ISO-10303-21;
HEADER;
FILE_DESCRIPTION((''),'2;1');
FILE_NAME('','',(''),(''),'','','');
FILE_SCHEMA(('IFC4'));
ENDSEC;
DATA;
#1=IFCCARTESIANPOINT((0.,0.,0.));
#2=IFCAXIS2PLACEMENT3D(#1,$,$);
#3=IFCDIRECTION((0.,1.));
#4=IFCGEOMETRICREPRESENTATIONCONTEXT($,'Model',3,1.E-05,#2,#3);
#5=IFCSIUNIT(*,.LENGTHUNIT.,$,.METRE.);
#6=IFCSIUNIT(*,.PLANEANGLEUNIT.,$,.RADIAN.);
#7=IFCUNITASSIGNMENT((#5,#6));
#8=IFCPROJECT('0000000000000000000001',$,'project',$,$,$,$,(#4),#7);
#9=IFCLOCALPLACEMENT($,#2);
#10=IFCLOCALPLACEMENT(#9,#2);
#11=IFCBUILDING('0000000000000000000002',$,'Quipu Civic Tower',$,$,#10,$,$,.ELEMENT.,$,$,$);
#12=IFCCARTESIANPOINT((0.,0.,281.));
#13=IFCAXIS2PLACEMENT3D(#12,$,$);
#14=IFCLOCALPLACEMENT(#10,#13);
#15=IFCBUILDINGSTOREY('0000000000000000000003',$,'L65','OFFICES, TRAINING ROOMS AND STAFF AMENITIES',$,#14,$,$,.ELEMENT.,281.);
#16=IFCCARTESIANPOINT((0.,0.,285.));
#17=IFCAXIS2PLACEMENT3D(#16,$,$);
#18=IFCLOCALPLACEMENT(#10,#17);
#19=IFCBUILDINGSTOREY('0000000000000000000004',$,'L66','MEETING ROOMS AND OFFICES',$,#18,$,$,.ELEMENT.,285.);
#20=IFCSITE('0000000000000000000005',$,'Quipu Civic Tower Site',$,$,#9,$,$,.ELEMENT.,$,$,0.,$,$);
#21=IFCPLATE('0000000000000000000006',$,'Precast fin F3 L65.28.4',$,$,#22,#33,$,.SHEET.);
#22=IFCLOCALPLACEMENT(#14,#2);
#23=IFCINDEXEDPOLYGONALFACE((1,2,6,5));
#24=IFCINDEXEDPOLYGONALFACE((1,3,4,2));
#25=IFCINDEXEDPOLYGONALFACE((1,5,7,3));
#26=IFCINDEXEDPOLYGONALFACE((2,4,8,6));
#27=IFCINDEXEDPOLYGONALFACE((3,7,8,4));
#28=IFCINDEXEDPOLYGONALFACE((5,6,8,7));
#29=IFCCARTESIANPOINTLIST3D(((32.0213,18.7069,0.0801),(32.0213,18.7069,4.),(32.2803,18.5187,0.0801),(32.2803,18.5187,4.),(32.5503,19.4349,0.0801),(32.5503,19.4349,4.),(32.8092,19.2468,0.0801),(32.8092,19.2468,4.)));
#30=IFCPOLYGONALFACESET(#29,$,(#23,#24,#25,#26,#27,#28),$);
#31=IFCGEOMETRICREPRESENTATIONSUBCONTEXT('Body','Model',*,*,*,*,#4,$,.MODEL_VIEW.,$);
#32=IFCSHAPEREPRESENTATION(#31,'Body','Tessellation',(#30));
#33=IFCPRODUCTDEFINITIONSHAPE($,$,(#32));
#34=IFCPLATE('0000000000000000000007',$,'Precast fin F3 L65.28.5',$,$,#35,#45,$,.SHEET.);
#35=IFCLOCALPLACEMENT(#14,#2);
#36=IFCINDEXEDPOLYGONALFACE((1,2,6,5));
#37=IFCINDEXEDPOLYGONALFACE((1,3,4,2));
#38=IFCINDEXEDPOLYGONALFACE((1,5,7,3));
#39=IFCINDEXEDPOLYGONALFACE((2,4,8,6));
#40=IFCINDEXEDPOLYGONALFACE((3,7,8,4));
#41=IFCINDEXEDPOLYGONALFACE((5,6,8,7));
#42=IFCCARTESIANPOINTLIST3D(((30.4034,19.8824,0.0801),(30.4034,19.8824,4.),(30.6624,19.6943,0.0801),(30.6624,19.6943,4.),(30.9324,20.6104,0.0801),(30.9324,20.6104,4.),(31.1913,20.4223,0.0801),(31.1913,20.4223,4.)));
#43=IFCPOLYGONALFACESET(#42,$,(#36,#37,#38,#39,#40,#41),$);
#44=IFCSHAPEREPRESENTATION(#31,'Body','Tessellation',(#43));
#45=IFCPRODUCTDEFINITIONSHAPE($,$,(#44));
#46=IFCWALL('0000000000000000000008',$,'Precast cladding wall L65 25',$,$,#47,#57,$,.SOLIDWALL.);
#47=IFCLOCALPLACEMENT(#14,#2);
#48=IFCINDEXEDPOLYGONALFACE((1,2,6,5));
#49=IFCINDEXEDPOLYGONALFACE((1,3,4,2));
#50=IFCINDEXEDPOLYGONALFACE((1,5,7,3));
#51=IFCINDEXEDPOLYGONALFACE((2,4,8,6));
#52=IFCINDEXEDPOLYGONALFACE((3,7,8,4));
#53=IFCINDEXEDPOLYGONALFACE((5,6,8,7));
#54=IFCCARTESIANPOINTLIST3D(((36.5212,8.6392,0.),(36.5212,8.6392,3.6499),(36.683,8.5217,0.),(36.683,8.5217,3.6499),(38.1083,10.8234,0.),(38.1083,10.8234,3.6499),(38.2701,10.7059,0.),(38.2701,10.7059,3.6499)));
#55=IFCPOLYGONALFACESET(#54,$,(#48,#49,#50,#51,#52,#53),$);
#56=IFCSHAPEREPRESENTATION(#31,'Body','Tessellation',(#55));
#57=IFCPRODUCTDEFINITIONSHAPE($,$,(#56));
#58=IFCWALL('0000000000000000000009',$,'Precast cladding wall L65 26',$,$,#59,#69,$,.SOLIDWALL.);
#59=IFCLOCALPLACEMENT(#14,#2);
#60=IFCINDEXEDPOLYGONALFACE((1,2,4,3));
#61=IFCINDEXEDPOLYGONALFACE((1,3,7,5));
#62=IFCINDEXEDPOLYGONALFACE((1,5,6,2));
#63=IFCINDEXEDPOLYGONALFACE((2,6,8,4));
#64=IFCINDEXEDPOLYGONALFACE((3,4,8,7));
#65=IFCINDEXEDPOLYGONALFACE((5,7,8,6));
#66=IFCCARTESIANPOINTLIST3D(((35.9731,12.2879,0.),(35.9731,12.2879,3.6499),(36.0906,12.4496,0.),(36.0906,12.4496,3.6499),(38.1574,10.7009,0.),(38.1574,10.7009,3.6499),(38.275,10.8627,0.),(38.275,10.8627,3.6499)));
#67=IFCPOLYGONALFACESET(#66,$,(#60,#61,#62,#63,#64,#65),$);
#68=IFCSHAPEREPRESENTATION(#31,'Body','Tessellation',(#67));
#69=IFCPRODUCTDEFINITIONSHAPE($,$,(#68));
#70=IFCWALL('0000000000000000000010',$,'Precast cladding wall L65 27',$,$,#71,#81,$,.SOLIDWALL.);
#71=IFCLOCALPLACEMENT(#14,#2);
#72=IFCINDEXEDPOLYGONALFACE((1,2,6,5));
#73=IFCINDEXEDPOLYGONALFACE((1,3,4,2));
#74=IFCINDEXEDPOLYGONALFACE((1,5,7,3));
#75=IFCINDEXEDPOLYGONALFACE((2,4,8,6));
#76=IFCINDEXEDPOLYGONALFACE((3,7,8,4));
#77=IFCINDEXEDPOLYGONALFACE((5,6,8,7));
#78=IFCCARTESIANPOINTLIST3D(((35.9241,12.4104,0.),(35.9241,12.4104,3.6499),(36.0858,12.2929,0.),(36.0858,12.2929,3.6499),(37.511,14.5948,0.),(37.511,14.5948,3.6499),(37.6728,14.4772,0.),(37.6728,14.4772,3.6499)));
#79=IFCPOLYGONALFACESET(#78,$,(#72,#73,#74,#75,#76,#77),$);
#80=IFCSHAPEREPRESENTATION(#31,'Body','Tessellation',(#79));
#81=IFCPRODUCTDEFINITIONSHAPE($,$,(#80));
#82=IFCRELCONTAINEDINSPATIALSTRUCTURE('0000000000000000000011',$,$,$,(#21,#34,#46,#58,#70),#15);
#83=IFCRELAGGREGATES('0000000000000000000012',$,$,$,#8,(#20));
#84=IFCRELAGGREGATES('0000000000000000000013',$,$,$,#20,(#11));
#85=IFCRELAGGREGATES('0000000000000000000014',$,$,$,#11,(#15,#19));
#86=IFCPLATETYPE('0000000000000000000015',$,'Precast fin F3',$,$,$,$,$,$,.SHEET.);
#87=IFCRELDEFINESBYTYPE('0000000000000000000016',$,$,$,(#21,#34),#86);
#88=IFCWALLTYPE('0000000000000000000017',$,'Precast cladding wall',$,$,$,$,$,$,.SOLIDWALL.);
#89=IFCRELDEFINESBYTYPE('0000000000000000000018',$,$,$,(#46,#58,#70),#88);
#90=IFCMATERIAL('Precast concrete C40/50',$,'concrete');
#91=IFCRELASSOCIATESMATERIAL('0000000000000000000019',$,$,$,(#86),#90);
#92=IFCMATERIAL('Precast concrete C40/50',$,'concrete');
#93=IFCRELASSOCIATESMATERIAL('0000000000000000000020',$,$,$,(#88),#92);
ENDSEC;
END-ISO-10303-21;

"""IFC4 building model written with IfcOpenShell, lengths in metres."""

from ifc_helpers import new_model, si_unit, direction, frame, frame_2d, origin, origin_2d, place, context, subcontext, project, spatial, rectangle, extrude, material, type_object, element, save


model = new_model("IFC4")

# Units and contexts
model_context = context("Model", 3, precision=1e-05, world=origin(), true_north=direction((0.0, 1.0)))
body_context = subcontext(model_context, "Body", "Model", "MODEL_VIEW")
ifc_project = project(units=[si_unit("LENGTHUNIT", "METRE"), si_unit("PLANEANGLEUNIT", "RADIAN")], contexts=[model_context])

# Site, building, storey
site_placement = place(None, origin())
site = spatial("IfcSite", under=ifc_project, at=site_placement, Name="Quipu Civic Tower Site", CompositionType="ELEMENT", RefElevation=0.0)
building_placement = place(site_placement, origin())
building = spatial("IfcBuilding", under=site, at=building_placement, Name="Quipu Civic Tower", CompositionType="ELEMENT")
storey_1_placement = place(building_placement, frame((0.0, 0.0, 281.0)))
storey_1 = spatial("IfcBuildingStorey", under=building, at=storey_1_placement, Name="L65", Description="OFFICES, TRAINING ROOMS AND STAFF AMENITIES", CompositionType="ELEMENT", Elevation=281.0)

# Shared definitions
storey_2_placement = place(building_placement, frame((0.0, 0.0, 285.0)))
storey_2 = spatial("IfcBuildingStorey", under=building, at=storey_2_placement, Name="L66", Description="MEETING ROOMS AND OFFICES", CompositionType="ELEMENT", Elevation=285.0)

# Plates
ifc_material_1 = material(Name="Precast concrete C40/50", Category="concrete")
plate_type_1 = type_object("IfcPlateType", Name="Precast fin F3", PredefinedType="SHEET", material=ifc_material_1)
for number, where, z_axis, x_axis, name in (
    (1, (32.4153, 18.9768, 0.0801), (0.0, 0.0, 1.0), (-0.809017, 0.587785, 0.0), "Precast fin F3 L65.28.4"),
    (2, (30.7974, 20.1523, 0.0801), (0.0, 0.0, 1.0), (-0.809017, 0.587785, 0.0), "Precast fin F3 L65.28.5"),
):
    element("IfcPlate", number, at=place(storey_1_placement, frame(where, z_axis=z_axis, x_axis=x_axis)), inside=storey_1, type_object=plate_type_1, Name=name, PredefinedType="SHEET", context=body_context, shape_type="SweptSolid", body=[
        extrude(rectangle(XDim=0.3201, YDim=0.8999, at=origin_2d()), origin(), (0.0, 0.0, 1.0), 3.9199),
    ])

# Walls
ifc_material_2 = material(Name="Precast concrete C40/50", Category="concrete")
wall_type = type_object("IfcWallType", Name="Precast cladding wall", PredefinedType="SOLIDWALL", material=ifc_material_2)
for number, where, z_axis, x_axis, name in (
    (3, (36.6021, 8.5803, 0.0), (0.0, 0.0, 1.0), (0.587822, 0.80899, 0.0), "Precast cladding wall L65 25"),
    (4, (38.2163, 10.7817, 0.0), (0.0, 0.0, 1.0), (-0.809033, 0.587763, 0.0), "Precast cladding wall L65 26"),
    (5, (36.0049, 12.3516, 0.0), (0.0, 0.0, 1.0), (0.587763, 0.809033, 0.0), "Precast cladding wall L65 27"),
):
    element("IfcWall", number, at=place(storey_1_placement, frame(where, z_axis=z_axis, x_axis=x_axis)), inside=storey_1, type_object=wall_type, Name=name, PredefinedType="SOLIDWALL", context=body_context, shape_type="SweptSolid", body=[
        extrude(rectangle(XDim=2.7, YDim=0.2, at=frame_2d((1.3501, 0.0))), origin(), (0.0, 0.0, 1.0), 3.6499),
    ])

save(model, "model.ifc")
